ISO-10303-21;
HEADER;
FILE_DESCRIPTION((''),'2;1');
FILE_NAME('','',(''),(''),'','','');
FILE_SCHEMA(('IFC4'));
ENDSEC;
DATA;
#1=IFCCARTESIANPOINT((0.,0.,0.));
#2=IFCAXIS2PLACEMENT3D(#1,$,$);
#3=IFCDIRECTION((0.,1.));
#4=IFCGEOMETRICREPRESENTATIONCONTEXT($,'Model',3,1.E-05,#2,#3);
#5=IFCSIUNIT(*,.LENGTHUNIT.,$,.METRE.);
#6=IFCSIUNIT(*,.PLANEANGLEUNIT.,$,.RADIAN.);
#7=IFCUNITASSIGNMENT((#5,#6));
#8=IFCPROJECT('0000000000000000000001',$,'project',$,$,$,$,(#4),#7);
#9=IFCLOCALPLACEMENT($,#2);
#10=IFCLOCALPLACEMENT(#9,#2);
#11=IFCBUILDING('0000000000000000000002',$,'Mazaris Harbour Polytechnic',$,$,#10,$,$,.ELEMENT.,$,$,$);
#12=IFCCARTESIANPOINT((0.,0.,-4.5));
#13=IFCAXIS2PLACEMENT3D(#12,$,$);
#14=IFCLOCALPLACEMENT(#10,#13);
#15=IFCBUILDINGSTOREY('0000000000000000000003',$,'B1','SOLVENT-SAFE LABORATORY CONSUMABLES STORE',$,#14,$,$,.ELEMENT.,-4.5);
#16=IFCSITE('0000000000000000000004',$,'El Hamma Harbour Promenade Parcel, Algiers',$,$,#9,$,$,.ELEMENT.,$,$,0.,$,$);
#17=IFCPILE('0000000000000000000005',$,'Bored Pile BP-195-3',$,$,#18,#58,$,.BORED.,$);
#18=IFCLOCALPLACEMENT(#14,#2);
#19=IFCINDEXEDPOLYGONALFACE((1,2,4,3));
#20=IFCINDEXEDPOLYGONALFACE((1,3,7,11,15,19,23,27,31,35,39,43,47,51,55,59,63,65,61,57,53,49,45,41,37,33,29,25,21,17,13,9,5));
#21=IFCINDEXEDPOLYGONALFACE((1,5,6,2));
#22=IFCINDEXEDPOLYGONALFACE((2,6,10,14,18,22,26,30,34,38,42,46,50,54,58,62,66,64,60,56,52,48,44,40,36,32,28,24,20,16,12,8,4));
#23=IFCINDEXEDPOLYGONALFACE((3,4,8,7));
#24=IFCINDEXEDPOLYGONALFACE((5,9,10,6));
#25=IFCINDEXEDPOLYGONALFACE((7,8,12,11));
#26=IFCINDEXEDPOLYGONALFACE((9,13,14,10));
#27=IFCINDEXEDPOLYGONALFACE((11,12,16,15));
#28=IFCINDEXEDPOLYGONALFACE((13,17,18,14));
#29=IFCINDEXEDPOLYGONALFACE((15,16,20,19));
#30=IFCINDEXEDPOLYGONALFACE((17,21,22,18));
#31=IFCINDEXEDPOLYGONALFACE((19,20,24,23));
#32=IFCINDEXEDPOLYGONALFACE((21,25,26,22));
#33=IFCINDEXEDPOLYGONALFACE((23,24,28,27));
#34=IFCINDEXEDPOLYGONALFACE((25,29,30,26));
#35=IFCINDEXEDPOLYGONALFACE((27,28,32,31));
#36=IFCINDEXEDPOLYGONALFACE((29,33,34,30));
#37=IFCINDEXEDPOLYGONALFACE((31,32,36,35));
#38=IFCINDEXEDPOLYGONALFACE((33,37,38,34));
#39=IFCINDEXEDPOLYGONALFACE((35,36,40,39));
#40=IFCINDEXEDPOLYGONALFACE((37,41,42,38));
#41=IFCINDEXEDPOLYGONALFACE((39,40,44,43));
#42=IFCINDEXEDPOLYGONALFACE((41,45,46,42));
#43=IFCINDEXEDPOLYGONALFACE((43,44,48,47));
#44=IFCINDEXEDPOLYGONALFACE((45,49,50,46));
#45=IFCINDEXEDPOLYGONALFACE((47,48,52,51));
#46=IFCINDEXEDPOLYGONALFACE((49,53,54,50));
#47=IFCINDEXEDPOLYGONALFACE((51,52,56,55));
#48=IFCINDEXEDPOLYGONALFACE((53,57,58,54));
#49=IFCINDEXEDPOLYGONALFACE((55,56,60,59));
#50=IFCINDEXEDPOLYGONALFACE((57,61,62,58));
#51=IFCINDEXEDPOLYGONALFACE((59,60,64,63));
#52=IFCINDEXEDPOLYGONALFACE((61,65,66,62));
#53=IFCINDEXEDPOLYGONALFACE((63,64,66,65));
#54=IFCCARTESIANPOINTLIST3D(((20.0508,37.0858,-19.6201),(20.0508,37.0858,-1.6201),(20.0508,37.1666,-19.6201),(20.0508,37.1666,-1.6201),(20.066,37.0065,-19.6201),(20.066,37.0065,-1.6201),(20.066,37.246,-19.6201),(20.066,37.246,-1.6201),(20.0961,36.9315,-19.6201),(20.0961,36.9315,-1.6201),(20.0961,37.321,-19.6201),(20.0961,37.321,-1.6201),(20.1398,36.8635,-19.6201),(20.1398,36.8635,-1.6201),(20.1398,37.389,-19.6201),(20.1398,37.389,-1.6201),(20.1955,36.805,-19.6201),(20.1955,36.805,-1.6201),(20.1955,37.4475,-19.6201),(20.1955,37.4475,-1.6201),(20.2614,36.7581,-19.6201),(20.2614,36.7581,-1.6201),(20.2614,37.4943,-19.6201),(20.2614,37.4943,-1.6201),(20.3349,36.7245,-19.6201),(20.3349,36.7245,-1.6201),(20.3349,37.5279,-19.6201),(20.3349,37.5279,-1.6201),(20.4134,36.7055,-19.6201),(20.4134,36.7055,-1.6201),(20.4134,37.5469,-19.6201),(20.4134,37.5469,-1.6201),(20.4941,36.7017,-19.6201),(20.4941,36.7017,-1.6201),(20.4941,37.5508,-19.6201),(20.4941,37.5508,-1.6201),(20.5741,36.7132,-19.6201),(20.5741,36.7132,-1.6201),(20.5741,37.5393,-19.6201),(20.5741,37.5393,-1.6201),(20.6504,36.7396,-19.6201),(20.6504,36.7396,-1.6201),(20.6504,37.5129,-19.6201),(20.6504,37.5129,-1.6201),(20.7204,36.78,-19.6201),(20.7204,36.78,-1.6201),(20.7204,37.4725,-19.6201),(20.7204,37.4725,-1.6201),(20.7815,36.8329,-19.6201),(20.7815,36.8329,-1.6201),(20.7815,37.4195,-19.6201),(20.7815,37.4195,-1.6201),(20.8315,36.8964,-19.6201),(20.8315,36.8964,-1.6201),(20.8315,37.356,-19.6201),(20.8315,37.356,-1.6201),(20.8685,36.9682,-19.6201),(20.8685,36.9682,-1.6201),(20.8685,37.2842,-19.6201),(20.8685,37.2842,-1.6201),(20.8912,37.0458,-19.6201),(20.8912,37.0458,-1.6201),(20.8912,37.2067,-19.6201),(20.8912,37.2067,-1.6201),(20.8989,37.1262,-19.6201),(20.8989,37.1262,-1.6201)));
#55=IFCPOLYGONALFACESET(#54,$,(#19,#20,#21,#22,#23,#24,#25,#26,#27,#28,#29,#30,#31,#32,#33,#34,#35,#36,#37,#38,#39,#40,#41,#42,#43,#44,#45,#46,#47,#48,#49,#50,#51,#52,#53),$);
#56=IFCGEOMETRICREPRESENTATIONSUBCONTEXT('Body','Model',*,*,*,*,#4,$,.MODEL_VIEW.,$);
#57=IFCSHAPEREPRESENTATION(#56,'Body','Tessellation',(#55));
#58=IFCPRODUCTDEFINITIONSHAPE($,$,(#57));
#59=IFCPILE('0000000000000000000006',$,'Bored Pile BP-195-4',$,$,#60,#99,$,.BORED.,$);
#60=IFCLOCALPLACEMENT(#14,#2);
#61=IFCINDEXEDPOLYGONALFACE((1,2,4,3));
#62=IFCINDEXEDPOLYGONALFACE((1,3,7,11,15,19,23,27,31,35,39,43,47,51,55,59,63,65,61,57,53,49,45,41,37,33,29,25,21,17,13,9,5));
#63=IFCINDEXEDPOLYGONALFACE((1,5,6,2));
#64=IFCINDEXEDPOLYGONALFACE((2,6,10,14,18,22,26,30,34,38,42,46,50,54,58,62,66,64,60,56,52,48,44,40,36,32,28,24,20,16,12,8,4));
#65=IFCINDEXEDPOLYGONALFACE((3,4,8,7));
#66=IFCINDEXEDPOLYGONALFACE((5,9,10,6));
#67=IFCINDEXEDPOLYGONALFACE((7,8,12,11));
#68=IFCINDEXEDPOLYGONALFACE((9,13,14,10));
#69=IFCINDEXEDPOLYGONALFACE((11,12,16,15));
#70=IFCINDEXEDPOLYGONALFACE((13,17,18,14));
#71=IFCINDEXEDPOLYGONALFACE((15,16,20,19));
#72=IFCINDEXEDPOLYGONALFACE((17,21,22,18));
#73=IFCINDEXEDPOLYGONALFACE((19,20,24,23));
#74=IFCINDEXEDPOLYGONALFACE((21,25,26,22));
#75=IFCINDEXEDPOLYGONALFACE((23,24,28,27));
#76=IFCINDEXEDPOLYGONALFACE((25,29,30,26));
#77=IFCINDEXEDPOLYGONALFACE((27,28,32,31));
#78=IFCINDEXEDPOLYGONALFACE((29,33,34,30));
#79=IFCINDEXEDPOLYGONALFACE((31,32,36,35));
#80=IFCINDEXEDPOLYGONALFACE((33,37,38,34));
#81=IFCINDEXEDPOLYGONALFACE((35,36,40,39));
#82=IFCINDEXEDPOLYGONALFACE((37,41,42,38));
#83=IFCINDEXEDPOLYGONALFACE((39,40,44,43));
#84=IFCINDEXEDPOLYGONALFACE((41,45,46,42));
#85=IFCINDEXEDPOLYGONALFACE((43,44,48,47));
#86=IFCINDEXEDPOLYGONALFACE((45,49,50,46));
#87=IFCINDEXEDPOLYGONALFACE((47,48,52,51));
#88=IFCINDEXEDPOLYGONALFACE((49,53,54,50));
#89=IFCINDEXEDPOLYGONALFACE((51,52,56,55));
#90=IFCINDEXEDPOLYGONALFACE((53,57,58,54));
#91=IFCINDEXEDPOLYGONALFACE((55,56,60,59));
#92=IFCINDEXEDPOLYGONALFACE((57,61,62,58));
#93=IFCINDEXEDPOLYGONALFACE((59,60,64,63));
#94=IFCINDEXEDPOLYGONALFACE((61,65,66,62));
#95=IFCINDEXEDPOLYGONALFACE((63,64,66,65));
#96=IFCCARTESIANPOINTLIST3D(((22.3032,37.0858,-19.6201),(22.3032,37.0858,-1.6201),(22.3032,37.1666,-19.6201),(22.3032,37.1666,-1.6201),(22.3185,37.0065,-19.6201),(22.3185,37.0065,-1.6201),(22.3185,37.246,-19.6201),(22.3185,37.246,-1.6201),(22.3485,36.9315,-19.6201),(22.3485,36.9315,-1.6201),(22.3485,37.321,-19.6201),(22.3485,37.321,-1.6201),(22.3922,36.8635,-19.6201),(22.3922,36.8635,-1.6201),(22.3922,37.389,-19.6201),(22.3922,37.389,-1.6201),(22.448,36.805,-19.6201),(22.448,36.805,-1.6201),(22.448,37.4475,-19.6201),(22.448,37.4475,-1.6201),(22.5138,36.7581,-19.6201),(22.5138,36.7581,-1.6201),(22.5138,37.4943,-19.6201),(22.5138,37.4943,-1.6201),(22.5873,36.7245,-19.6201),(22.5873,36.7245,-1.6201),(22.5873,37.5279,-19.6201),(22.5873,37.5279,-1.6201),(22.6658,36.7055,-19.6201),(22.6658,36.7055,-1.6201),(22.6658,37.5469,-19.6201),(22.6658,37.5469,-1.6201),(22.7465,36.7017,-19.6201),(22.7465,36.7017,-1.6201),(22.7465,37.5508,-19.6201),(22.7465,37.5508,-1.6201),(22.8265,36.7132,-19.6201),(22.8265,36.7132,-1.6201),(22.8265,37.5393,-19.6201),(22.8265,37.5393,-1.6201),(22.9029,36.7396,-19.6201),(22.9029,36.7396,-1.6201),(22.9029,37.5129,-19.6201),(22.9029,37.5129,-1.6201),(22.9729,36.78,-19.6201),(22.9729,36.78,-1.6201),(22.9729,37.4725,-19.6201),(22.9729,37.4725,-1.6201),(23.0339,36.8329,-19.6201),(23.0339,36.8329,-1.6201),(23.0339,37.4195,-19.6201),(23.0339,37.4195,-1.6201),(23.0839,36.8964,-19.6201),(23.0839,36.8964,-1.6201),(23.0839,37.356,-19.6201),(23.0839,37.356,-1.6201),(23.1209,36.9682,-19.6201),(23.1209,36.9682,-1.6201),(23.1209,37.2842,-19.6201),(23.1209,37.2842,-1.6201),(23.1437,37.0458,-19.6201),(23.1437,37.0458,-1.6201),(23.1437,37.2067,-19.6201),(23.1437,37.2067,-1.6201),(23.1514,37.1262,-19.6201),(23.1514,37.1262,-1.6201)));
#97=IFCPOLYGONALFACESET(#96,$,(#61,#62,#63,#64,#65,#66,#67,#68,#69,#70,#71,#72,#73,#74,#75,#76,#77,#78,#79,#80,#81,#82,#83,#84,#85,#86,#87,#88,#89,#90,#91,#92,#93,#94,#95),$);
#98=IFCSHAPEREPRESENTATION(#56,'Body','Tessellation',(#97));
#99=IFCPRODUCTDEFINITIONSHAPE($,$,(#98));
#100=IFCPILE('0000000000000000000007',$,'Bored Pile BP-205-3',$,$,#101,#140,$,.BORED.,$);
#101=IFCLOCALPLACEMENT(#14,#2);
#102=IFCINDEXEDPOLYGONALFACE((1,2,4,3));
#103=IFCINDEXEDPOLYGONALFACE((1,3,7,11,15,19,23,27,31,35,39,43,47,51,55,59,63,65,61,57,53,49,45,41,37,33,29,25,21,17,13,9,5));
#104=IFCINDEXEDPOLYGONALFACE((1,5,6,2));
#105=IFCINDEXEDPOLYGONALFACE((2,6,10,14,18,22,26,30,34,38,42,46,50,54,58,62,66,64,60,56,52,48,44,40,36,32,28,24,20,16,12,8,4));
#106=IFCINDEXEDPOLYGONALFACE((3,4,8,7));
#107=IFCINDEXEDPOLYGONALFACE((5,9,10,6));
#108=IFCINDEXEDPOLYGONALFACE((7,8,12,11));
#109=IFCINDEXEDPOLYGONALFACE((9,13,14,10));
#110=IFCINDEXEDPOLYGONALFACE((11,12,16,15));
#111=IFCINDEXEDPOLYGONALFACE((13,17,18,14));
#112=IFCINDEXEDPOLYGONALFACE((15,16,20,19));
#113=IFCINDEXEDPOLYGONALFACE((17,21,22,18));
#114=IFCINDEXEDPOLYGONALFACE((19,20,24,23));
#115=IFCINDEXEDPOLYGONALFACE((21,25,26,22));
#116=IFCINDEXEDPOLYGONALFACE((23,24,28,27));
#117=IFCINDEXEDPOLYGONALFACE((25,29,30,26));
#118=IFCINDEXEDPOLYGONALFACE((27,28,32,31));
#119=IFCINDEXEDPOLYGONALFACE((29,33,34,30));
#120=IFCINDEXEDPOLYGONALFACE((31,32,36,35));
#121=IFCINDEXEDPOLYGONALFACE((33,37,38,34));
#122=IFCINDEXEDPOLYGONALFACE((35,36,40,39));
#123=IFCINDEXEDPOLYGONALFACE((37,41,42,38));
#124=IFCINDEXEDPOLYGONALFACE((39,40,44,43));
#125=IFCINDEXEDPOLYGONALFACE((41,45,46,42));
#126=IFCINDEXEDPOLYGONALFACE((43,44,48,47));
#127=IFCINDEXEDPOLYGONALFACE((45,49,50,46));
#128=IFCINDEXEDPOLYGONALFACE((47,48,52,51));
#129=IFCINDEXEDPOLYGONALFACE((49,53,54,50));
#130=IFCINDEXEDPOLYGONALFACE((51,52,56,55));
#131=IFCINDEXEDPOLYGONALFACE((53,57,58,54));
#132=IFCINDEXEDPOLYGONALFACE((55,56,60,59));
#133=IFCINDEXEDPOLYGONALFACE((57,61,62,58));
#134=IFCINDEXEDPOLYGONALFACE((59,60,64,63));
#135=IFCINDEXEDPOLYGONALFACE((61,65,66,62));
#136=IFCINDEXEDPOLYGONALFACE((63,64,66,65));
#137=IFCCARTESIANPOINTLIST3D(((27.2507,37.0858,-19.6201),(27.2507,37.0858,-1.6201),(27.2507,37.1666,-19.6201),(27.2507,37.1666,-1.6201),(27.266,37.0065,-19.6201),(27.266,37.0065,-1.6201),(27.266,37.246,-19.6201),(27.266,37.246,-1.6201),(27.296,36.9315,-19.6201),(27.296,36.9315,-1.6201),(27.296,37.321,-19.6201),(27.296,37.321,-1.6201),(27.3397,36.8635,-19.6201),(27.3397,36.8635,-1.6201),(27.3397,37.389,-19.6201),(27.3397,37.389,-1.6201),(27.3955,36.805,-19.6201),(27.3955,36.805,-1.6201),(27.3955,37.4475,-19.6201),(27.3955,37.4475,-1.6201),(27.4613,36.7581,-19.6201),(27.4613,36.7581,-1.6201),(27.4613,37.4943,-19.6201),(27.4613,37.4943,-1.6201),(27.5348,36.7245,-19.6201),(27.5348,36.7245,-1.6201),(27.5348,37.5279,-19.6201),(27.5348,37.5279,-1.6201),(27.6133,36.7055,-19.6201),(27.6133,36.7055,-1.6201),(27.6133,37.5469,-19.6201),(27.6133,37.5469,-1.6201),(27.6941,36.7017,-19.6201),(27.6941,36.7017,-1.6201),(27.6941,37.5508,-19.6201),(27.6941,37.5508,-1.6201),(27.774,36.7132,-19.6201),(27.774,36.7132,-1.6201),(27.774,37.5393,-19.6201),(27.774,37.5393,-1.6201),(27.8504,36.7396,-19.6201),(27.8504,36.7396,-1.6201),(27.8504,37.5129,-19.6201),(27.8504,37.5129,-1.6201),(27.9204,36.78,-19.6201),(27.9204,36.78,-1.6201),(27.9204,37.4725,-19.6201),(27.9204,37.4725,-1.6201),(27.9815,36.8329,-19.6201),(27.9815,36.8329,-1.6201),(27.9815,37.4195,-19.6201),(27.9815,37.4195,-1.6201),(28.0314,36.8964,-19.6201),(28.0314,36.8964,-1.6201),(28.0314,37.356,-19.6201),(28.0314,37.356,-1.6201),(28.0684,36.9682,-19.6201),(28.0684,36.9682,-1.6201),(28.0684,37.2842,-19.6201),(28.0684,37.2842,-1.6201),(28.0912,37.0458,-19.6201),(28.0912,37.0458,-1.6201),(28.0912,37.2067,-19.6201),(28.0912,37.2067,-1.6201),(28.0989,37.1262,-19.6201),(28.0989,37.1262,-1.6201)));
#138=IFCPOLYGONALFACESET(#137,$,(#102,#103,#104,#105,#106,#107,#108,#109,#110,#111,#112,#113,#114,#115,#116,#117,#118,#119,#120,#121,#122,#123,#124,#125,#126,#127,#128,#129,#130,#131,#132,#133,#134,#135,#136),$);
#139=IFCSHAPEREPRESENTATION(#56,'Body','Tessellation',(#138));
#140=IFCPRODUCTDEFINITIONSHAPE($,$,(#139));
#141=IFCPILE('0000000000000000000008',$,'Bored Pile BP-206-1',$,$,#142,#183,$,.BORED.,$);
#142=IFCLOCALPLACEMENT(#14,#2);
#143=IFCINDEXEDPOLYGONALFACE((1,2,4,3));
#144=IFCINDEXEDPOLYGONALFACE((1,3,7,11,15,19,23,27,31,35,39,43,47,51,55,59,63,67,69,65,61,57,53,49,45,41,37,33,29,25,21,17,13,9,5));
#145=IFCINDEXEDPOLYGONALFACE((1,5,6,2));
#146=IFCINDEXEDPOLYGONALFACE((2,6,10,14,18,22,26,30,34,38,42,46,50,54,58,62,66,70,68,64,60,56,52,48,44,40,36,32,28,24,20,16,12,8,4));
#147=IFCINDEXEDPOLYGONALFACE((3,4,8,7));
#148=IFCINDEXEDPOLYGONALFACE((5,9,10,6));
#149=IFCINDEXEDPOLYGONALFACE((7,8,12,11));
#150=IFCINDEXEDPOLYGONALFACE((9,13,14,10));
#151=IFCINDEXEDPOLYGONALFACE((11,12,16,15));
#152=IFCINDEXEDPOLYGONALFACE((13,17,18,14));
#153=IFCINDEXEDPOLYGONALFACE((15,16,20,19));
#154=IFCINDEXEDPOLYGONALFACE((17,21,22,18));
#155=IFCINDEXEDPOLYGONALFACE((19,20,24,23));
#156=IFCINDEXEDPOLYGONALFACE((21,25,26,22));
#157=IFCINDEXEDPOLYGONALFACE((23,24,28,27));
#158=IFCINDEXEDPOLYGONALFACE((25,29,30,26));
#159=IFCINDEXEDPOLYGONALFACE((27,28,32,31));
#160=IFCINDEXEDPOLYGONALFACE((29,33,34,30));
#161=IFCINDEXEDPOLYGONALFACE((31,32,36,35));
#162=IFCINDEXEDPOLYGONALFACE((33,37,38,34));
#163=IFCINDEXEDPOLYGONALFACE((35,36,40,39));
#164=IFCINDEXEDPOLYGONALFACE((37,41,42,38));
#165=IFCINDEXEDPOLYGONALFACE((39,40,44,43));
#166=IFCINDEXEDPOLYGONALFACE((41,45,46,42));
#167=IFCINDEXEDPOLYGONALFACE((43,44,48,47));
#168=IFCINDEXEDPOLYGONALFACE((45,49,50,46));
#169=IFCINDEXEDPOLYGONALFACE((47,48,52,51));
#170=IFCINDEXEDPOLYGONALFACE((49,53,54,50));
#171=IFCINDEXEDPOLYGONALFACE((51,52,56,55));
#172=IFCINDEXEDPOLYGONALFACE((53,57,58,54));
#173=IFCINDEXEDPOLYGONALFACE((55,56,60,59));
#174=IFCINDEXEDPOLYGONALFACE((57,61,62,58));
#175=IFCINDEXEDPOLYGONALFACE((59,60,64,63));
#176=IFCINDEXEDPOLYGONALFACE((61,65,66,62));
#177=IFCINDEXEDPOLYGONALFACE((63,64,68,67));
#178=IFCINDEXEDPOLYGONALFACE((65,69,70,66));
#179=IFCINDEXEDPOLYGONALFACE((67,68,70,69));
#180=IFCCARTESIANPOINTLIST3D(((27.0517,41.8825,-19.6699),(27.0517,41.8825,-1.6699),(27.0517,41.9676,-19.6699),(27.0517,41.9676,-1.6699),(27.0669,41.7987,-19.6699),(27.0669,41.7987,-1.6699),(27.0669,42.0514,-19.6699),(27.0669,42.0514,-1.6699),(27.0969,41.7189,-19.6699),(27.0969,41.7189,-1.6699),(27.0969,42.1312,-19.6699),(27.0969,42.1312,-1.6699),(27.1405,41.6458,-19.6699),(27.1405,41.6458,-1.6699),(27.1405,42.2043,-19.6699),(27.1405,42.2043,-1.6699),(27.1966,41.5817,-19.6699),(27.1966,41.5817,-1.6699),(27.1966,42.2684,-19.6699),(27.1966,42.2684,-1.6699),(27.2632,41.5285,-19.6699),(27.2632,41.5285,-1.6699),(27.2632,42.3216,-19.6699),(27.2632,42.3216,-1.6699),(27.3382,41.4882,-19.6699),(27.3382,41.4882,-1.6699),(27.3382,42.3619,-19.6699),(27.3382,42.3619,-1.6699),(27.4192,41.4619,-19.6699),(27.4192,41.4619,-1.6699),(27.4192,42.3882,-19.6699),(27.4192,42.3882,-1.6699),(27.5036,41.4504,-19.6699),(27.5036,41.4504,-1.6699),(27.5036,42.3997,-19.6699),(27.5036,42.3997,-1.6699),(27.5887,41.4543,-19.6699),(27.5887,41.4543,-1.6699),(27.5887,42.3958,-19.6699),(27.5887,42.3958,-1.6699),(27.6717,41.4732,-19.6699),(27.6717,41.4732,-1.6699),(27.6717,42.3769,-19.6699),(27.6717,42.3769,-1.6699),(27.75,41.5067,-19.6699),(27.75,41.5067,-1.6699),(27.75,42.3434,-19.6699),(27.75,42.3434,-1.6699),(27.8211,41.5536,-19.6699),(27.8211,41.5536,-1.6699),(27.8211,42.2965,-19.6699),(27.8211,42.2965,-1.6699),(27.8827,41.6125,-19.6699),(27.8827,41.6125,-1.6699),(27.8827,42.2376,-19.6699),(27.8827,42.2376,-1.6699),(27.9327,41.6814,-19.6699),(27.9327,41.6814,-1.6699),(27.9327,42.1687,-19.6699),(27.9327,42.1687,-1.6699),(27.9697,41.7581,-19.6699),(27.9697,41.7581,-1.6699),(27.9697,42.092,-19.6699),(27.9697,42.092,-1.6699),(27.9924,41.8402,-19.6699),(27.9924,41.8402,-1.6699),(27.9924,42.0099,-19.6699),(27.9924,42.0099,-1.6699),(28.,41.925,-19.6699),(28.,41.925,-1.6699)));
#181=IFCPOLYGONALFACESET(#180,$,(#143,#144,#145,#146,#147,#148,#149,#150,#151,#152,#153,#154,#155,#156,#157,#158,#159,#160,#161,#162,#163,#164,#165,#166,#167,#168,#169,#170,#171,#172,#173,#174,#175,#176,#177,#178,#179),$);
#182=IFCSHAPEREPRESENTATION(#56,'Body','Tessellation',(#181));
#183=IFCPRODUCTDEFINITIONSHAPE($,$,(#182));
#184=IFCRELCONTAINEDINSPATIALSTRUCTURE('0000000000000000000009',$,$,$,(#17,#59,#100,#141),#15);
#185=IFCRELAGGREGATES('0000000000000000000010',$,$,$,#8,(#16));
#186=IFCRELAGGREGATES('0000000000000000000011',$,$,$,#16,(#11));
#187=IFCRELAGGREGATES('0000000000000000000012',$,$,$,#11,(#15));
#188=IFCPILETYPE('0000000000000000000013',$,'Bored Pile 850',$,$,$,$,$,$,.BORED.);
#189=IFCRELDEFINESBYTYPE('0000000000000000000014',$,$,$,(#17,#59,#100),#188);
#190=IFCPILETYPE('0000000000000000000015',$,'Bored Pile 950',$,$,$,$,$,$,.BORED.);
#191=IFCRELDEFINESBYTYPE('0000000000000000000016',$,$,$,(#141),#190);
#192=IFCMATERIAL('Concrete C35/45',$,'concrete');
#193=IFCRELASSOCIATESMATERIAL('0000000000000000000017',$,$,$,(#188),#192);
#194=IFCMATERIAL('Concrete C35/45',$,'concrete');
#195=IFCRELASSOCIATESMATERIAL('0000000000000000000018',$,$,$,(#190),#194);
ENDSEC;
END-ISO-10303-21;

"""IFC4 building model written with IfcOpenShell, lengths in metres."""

from ifc_helpers import new_model, si_unit, direction, frame, origin, origin_2d, place, context, subcontext, project, spatial, circle, extrude, material, material_profile, profile_set, type_object, element, save


model = new_model("IFC4")

# Units and contexts
model_context = context("Model", 3, precision=1e-05, world=origin(), true_north=direction((0.0, 1.0)))
body_context = subcontext(model_context, "Body", "Model", "MODEL_VIEW")
ifc_project = project(units=[si_unit("LENGTHUNIT", "METRE"), si_unit("PLANEANGLEUNIT", "RADIAN")], contexts=[model_context])

# Site, building, storey
site_placement = place(None, origin())
site = spatial("IfcSite", under=ifc_project, at=site_placement, Name="El Hamma Harbour Promenade Parcel, Algiers", CompositionType="ELEMENT", RefElevation=0.0)
building_placement = place(site_placement, origin())
building = spatial("IfcBuilding", under=site, at=building_placement, Name="Mazaris Harbour Polytechnic", CompositionType="ELEMENT")
storey_placement = place(building_placement, frame((0.0, 0.0, -4.5)))
storey = spatial("IfcBuildingStorey", under=building, at=storey_placement, Name="B1", Description="SOLVENT-SAFE LABORATORY CONSUMABLES STORE", CompositionType="ELEMENT", Elevation=-4.5)

# Piles
ifc_material_1 = material(Name="Concrete C35/45", Category="concrete")
ifc_material_profile_1 = material_profile(ifc_material_1, circle(Radius=0.425, at=origin_2d()), Name="DIA850")
ifc_profile_set_1 = profile_set([ifc_material_profile_1], Name="Concrete C35/45")
pile_type_1 = type_object("IfcPileType", Name="Bored Pile 850", PredefinedType="BORED", material=ifc_profile_set_1)
for number, where, z_axis, x_axis, name in (
    (1, (20.4739, 37.1262, -1.6201), (0.0, 0.0, -1.0), (1.0, 0.0, 0.0), "Bored Pile BP-195-3"),
    (2, (22.7263, 37.1262, -1.6201), (0.0, 0.0, -1.0), (1.0, 0.0, 0.0), "Bored Pile BP-195-4"),
    (3, (27.6738, 37.1262, -1.6201), (0.0, 0.0, -1.0), (1.0, 0.0, 0.0), "Bored Pile BP-205-3"),
):
    element("IfcPile", number, at=place(storey_placement, frame(where, z_axis=z_axis, x_axis=x_axis)), inside=storey, type_object=pile_type_1, Name=name, PredefinedType="BORED", context=body_context, shape_type="SweptSolid", body=[
        extrude(circle(Radius=0.425, at=origin_2d()), origin(), (0.0, 0.0, 1.0), 18.0),
    ])
ifc_material_2 = material(Name="Concrete C35/45", Category="concrete")
ifc_material_profile_2 = material_profile(ifc_material_2, circle(Radius=0.4751, at=origin_2d()), Name="DIA950")
ifc_profile_set_2 = profile_set([ifc_material_profile_2], Name="Concrete C35/45")
pile_type_2 = type_object("IfcPileType", Name="Bored Pile 950", PredefinedType="BORED", material=ifc_profile_set_2)
for number, where, z_axis, x_axis, name in (
    (4, (27.5249, 41.925, -1.6699), (0.0, 0.0, -1.0), (1.0, 0.0, 0.0), "Bored Pile BP-206-1"),
):
    element("IfcPile", number, at=place(storey_placement, frame(where, z_axis=z_axis, x_axis=x_axis)), inside=storey, type_object=pile_type_2, Name=name, PredefinedType="BORED", context=body_context, shape_type="SweptSolid", body=[
        extrude(circle(Radius=0.4751, at=origin_2d()), origin(), (0.0, 0.0, 1.0), 18.0),
    ])

save(model, "model.ifc")
